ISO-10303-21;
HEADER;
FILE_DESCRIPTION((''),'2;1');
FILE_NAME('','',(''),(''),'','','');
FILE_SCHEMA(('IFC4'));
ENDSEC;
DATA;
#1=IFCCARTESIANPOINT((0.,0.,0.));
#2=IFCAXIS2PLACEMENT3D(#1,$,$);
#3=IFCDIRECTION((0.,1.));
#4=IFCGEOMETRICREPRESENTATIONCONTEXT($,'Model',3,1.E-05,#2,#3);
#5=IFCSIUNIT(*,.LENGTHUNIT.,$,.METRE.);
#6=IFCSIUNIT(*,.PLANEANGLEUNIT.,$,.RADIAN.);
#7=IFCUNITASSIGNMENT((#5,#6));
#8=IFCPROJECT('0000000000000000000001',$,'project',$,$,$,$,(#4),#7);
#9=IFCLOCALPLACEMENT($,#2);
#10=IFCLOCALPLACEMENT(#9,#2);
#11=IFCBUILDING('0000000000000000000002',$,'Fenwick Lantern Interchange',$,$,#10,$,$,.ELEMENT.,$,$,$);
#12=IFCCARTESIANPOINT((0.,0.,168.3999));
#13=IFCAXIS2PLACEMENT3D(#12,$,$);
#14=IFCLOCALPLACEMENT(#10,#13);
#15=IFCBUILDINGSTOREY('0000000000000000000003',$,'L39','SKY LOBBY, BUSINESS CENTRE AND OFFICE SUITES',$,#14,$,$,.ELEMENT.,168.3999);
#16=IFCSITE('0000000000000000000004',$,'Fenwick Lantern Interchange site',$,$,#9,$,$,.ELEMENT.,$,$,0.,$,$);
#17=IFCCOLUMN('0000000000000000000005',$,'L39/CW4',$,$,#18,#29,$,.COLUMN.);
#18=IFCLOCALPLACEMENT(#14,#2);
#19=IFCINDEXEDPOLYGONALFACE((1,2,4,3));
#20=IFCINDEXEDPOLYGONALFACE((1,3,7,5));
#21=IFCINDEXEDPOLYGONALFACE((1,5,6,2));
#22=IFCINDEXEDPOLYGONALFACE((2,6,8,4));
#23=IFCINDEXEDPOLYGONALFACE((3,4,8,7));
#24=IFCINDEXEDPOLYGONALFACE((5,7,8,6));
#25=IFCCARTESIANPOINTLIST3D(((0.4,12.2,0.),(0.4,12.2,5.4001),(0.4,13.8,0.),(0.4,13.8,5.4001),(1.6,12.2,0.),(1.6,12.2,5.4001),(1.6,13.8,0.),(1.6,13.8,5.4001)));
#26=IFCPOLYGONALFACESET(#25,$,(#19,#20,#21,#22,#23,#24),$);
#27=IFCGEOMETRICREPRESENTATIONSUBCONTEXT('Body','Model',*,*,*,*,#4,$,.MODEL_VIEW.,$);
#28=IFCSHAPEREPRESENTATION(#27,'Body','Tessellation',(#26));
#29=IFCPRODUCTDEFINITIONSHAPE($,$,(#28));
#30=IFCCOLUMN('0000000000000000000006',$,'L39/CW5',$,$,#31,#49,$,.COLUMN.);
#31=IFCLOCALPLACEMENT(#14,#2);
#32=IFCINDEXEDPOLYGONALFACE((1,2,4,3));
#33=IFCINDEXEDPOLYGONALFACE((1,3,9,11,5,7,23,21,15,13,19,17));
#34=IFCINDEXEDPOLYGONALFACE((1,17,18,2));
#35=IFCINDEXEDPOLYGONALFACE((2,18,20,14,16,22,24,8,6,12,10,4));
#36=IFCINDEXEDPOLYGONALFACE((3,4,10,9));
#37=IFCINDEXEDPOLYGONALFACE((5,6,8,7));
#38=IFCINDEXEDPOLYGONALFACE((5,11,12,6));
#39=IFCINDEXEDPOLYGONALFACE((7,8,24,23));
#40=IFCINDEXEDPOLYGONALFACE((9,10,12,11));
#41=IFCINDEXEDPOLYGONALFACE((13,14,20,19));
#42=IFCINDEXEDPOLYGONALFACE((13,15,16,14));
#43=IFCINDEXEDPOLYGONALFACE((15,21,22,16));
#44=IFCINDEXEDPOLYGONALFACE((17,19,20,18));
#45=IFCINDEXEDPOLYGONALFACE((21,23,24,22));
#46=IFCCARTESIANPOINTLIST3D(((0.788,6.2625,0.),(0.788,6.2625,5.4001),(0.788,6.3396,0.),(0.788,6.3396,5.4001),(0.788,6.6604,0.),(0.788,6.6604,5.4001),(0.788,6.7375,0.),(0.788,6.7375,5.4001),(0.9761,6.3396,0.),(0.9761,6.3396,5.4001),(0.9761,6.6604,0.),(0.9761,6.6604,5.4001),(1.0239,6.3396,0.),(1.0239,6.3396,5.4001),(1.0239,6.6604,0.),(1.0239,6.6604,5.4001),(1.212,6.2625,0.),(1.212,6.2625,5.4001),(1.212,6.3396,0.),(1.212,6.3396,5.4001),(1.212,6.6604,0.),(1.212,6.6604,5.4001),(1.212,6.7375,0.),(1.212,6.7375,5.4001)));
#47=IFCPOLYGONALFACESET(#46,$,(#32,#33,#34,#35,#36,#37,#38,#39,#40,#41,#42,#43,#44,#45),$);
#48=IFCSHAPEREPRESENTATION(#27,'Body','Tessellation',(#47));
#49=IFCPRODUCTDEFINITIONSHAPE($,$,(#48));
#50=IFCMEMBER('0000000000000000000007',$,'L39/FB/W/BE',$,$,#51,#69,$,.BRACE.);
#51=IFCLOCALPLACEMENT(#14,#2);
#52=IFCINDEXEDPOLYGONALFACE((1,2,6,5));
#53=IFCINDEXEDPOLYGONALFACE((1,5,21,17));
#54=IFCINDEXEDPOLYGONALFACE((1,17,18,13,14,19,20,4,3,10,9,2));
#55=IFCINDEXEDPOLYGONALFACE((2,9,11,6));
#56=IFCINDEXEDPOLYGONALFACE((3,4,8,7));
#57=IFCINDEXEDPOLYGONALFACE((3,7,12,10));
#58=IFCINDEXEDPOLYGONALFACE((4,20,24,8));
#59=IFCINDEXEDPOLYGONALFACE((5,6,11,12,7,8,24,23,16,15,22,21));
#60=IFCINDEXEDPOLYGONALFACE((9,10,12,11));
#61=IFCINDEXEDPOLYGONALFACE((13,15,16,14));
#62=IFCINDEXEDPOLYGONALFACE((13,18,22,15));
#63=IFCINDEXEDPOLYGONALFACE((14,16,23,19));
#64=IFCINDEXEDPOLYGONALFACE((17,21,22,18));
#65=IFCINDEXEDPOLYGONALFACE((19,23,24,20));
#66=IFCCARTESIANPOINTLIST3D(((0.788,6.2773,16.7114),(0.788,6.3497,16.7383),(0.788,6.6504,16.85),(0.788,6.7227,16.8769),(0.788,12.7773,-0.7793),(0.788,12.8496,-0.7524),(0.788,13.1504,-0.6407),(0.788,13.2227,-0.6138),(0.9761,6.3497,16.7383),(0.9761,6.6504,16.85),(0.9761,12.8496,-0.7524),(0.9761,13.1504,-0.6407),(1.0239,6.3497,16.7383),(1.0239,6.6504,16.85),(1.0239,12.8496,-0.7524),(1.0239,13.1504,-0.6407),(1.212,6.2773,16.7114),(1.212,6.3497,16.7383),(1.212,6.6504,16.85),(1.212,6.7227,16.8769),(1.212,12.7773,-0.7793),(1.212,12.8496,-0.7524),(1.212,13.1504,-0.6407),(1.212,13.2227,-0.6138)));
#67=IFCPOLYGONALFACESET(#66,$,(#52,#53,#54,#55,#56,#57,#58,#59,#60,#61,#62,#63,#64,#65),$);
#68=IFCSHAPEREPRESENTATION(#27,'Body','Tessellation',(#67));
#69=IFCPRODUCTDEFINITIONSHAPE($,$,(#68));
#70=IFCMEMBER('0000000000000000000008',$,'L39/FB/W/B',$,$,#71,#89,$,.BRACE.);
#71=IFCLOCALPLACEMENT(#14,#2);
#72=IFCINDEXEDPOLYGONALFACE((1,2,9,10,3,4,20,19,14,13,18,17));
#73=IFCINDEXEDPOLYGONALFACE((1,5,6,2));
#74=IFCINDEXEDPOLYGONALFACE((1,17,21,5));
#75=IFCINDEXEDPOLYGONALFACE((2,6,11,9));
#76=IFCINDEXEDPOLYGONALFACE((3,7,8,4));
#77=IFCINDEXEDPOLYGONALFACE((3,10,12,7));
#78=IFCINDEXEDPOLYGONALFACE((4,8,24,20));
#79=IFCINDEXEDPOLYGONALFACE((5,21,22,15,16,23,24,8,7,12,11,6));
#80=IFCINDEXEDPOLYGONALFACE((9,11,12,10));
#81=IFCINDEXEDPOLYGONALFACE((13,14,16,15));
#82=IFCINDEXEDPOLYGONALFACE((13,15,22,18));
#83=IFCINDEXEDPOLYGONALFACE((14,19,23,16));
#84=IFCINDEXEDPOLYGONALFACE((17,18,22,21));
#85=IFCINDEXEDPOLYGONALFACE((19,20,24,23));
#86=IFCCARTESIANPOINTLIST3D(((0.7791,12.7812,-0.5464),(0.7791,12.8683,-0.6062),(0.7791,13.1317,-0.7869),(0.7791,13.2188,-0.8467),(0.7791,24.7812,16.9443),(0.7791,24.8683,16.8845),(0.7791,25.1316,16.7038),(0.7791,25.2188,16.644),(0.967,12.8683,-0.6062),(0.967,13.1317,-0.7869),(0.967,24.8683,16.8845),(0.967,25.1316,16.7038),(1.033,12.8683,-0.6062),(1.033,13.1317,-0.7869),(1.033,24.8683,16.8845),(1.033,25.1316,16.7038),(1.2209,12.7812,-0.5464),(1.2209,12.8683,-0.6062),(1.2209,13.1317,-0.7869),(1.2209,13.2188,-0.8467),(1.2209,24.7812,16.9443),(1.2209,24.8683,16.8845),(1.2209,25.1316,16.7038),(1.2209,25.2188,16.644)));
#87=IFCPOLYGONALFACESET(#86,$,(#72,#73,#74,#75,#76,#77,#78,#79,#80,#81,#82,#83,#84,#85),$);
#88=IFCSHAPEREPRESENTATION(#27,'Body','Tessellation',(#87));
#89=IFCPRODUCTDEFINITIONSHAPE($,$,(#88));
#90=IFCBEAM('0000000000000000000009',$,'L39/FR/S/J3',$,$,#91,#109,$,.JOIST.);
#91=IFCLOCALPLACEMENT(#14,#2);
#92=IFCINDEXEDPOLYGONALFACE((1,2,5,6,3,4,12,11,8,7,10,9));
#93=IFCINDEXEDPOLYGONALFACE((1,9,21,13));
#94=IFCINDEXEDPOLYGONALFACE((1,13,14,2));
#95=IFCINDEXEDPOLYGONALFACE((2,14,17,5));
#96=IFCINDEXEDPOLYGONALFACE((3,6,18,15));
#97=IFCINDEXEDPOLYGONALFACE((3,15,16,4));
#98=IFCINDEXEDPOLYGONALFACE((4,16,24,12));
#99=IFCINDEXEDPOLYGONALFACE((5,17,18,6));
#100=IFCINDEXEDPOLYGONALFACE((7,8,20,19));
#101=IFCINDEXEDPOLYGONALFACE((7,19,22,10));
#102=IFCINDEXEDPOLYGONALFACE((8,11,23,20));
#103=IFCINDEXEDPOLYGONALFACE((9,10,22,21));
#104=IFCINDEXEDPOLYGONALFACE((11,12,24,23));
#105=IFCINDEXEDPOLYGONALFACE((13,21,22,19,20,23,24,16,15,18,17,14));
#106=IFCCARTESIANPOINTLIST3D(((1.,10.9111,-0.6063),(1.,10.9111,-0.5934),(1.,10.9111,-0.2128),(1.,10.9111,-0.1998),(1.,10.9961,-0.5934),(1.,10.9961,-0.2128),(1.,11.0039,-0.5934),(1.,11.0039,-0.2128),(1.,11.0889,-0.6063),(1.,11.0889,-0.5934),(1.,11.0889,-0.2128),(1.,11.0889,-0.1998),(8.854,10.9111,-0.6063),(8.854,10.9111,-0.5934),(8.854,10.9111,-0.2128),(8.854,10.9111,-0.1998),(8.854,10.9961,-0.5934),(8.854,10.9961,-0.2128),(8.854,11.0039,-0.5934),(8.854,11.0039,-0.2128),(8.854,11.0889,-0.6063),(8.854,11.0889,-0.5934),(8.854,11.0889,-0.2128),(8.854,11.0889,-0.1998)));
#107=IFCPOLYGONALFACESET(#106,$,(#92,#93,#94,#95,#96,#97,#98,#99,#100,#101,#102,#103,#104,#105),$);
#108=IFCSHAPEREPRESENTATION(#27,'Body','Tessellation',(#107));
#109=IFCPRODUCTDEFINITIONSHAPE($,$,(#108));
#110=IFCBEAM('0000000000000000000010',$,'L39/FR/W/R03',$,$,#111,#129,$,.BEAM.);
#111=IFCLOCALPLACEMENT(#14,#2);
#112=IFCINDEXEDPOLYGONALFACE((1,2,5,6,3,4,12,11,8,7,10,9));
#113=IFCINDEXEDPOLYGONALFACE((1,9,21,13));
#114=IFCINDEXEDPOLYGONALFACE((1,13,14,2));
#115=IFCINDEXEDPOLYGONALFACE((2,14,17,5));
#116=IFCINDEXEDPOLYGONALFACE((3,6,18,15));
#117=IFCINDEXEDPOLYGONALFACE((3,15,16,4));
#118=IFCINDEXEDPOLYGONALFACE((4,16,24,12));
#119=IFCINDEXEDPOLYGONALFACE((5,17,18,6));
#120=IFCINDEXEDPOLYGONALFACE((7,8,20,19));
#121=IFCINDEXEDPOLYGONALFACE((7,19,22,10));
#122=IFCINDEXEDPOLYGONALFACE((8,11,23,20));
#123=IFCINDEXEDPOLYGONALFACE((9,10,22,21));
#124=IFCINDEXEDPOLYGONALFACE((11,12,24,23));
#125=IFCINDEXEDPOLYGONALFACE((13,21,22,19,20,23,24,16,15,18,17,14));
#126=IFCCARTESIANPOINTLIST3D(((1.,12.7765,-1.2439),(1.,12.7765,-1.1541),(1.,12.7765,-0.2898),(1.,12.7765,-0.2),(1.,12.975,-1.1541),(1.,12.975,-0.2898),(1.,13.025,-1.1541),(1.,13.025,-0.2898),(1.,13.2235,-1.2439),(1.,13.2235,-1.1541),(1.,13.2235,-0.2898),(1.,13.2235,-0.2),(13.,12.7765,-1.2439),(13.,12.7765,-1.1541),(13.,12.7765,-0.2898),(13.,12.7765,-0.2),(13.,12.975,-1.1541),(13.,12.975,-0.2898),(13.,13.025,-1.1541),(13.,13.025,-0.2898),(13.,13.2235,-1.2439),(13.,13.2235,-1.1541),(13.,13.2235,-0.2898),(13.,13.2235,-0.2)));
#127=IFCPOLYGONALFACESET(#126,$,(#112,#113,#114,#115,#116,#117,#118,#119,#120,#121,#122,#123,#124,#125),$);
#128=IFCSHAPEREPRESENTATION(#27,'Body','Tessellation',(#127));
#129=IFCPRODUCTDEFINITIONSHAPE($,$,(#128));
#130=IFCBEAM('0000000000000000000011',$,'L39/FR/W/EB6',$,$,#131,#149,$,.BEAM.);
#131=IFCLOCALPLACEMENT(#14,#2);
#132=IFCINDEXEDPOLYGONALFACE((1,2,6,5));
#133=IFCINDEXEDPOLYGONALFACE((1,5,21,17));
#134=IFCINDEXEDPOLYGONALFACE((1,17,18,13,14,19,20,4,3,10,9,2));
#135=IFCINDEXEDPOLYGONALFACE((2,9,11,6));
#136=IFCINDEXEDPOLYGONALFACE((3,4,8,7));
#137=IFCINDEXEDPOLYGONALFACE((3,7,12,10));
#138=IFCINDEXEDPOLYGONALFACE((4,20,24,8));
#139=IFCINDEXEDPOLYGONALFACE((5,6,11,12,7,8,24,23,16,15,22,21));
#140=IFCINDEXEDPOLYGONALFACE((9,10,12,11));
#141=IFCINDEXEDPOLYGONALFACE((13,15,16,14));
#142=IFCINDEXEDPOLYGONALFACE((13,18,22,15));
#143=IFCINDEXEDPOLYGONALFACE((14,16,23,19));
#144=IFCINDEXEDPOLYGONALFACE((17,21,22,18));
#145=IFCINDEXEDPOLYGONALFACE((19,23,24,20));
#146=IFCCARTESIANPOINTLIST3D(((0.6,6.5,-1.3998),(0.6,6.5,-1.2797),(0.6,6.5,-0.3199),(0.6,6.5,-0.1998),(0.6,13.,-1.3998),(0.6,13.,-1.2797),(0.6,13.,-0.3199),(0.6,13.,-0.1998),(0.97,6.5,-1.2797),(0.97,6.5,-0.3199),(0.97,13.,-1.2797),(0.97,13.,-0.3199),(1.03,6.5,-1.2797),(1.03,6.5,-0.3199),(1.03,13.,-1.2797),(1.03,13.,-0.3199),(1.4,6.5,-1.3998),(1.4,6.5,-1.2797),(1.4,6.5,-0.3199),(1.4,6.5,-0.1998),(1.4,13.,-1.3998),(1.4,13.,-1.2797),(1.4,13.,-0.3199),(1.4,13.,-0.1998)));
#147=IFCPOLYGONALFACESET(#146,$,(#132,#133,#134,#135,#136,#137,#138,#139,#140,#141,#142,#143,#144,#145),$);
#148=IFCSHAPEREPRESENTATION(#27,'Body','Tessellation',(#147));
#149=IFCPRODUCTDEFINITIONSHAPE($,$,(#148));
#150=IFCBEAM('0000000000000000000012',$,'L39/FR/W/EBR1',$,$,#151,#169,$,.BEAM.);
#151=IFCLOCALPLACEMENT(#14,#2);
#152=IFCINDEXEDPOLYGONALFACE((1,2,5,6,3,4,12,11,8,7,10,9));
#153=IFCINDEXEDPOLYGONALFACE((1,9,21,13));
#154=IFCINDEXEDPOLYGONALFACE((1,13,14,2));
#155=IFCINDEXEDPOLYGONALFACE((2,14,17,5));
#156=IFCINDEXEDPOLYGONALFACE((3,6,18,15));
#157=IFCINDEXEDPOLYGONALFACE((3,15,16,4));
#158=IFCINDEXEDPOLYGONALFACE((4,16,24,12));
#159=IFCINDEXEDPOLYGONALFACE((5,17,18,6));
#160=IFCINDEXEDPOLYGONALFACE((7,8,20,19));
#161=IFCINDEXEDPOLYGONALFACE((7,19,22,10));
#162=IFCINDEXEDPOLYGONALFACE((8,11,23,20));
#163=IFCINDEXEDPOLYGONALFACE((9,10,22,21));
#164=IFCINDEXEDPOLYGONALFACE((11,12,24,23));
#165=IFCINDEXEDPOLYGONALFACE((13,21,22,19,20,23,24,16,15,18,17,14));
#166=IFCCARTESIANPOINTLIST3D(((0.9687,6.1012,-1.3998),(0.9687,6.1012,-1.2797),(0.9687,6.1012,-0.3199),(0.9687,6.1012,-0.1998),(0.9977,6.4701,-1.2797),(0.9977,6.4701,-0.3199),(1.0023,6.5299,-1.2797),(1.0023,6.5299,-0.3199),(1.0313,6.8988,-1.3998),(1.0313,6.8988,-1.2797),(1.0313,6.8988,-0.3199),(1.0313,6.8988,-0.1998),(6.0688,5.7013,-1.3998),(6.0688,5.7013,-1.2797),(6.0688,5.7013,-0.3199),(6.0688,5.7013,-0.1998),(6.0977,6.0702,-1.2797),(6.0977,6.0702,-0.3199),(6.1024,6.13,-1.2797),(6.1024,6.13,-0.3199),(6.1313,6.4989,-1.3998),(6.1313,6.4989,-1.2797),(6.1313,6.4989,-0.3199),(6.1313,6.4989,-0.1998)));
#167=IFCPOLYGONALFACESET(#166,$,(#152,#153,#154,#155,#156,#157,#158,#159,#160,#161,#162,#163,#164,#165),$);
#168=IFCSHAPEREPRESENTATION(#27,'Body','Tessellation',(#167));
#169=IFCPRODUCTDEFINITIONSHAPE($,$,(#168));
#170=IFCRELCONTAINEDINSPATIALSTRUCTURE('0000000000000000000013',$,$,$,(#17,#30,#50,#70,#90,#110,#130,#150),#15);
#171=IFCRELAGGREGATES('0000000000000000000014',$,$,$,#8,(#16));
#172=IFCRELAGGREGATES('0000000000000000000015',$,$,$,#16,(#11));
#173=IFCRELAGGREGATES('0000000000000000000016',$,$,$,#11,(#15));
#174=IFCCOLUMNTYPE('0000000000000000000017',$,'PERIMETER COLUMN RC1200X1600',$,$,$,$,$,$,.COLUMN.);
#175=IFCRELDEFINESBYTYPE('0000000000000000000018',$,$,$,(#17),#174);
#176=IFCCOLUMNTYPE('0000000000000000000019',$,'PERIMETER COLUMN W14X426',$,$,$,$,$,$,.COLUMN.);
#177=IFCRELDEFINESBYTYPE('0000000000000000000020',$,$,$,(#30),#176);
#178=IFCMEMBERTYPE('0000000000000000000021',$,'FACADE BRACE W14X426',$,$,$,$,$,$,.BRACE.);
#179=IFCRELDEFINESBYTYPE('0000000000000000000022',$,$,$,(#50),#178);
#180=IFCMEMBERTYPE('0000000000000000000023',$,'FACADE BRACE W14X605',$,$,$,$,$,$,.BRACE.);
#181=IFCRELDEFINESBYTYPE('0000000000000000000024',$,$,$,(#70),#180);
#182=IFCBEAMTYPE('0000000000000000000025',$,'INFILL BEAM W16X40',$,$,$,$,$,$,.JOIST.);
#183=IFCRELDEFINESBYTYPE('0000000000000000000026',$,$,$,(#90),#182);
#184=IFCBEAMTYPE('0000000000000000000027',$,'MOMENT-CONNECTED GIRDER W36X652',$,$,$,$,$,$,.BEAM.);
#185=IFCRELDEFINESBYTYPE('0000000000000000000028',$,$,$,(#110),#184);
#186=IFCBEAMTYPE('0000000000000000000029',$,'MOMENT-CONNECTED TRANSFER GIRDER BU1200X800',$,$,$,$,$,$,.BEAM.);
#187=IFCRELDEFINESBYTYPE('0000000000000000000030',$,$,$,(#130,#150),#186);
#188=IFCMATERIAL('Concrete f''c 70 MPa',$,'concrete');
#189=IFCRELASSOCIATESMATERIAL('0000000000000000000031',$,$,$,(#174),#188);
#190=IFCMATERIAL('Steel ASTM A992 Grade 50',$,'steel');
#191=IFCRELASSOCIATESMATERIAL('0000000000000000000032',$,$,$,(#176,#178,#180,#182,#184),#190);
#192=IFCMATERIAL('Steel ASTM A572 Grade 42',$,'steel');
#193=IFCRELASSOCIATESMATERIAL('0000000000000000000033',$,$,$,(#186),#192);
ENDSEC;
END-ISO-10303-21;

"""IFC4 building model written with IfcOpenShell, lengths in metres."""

from ifc_helpers import new_model, si_unit, direction, frame, origin, origin_2d, place, context, subcontext, project, spatial, rectangle, i_section, extrude, material, material_profile, profile_set, type_object, element, save


model = new_model("IFC4")

# Units and contexts
model_context = context("Model", 3, precision=1e-05, world=origin(), true_north=direction((0.0, 1.0)))
body_context = subcontext(model_context, "Body", "Model", "MODEL_VIEW")
ifc_project = project(units=[si_unit("LENGTHUNIT", "METRE"), si_unit("PLANEANGLEUNIT", "RADIAN")], contexts=[model_context])

# Site, building, storey
site_placement = place(None, origin())
site = spatial("IfcSite", under=ifc_project, at=site_placement, Name="Fenwick Lantern Interchange site", CompositionType="ELEMENT", RefElevation=0.0)
building_placement = place(site_placement, origin())
building = spatial("IfcBuilding", under=site, at=building_placement, Name="Fenwick Lantern Interchange", CompositionType="ELEMENT")
storey_placement = place(building_placement, frame((0.0, 0.0, 168.3999)))
storey = spatial("IfcBuildingStorey", under=building, at=storey_placement, Name="L39", Description="SKY LOBBY, BUSINESS CENTRE AND OFFICE SUITES", CompositionType="ELEMENT", Elevation=168.3999)

# Columns
ifc_material_1 = material(Name="Concrete f'c 70 MPa", Category="concrete")
ifc_material_profile_1 = material_profile(ifc_material_1, rectangle(XDim=1.2, YDim=1.6001, at=origin_2d()), Name="RC1200X1600")
ifc_profile_set_1 = profile_set([ifc_material_profile_1], Name="Concrete f'c 70 MPa")
column_type_1 = type_object("IfcColumnType", Name="PERIMETER COLUMN RC1200X1600", PredefinedType="COLUMN", material=ifc_profile_set_1)
column_1_placement = place(storey_placement, frame((1.0, 13.0, 0.0), z_axis=(0.0, 0.0, 1.0), x_axis=(1.0, 0.0, 0.0)))
element("IfcColumn", 1, at=column_1_placement, inside=storey, type_object=column_type_1, Name="L39/CW4", PredefinedType="COLUMN", context=body_context, shape_type="SweptSolid", body=[
    extrude(rectangle(XDim=1.2, YDim=1.6001, at=origin_2d()), origin(), (0.0, 0.0, 1.0), 5.4001),
])
ifc_material_2 = material(Name="Steel ASTM A992 Grade 50", Category="steel")
ifc_material_profile_2 = material_profile(ifc_material_2, i_section(OverallWidth=0.4241, OverallDepth=0.4751, WebThickness=0.0479, FlangeThickness=0.0771, at=origin_2d()), Name="W14X426")
ifc_profile_set_2 = profile_set([ifc_material_profile_2], Name="Steel ASTM A992 Grade 50")
column_type_2 = type_object("IfcColumnType", Name="PERIMETER COLUMN W14X426", PredefinedType="COLUMN", material=ifc_profile_set_2)
column_2_placement = place(storey_placement, frame((1.0, 6.5, 0.0), z_axis=(0.0, 0.0, 1.0), x_axis=(1.0, 0.0, 0.0)))
element("IfcColumn", 2, at=column_2_placement, inside=storey, type_object=column_type_2, Name="L39/CW5", PredefinedType="COLUMN", context=body_context, shape_type="SweptSolid", body=[
    extrude(i_section(OverallWidth=0.4241, OverallDepth=0.4751, WebThickness=0.0479, FlangeThickness=0.0771, at=origin_2d()), origin(), (0.0, 0.0, 1.0), 5.4001),
])

# Members
ifc_material_profile_3 = material_profile(ifc_material_2, i_section(OverallWidth=0.4241, OverallDepth=0.4751, WebThickness=0.0479, FlangeThickness=0.0771, at=origin_2d()), Name="W14X426")
ifc_profile_set_3 = profile_set([ifc_material_profile_3], Name="Steel ASTM A992 Grade 50")
member_type_1 = type_object("IfcMemberType", Name="FACADE BRACE W14X426", PredefinedType="BRACE", material=ifc_profile_set_3)
member_1_placement = place(storey_placement, frame((1.0, 13.0, -0.6965), z_axis=(0.0, -0.348349, 0.937365), x_axis=(1.0, 0.0, 0.0)))
element("IfcMember", 3, at=member_1_placement, inside=storey, type_object=member_type_1, Name="L39/FB/W/BE", PredefinedType="BRACE", context=body_context, shape_type="SweptSolid", body=[
    extrude(i_section(OverallWidth=0.4241, OverallDepth=0.4751, WebThickness=0.0479, FlangeThickness=0.0771, at=origin_2d()), origin(), (0.0, 0.0, 1.0), 18.6594),
])
ifc_material_profile_4 = material_profile(ifc_material_2, i_section(OverallWidth=0.4419, OverallDepth=0.5308, WebThickness=0.0659, FlangeThickness=0.1057, at=origin_2d()), Name="W14X605")
ifc_profile_set_4 = profile_set([ifc_material_profile_4], Name="Steel ASTM A992 Grade 50")
member_type_2 = type_object("IfcMemberType", Name="FACADE BRACE W14X605", PredefinedType="BRACE", material=ifc_profile_set_4)
member_2_placement = place(storey_placement, frame((1.0, 13.0, -0.6965), z_axis=(0.0, 0.565732, 0.824589), x_axis=(-1.0, 0.0, 0.0)))
element("IfcMember", 4, at=member_2_placement, inside=storey, type_object=member_type_2, Name="L39/FB/W/B", PredefinedType="BRACE", context=body_context, shape_type="SweptSolid", body=[
    extrude(i_section(OverallWidth=0.4419, OverallDepth=0.5308, WebThickness=0.0659, FlangeThickness=0.1057, at=origin_2d()), origin(), (0.0, 0.0, 1.0), 21.2114),
])

# Beams
ifc_material_profile_5 = material_profile(ifc_material_2, i_section(OverallWidth=0.1777, OverallDepth=0.4065, WebThickness=0.0078, FlangeThickness=0.0129, at=origin_2d()), Name="W16X40")
ifc_profile_set_5 = profile_set([ifc_material_profile_5], Name="Steel ASTM A992 Grade 50")
beam_type_1 = type_object("IfcBeamType", Name="INFILL BEAM W16X40", PredefinedType="JOIST", material=ifc_profile_set_5)
beam_1_placement = place(storey_placement, frame((1.0, 11.0, -0.4031), z_axis=(1.0, 0.0, 0.0), x_axis=(0.0, 1.0, 0.0)))
element("IfcBeam", 5, at=beam_1_placement, inside=storey, type_object=beam_type_1, Name="L39/FR/S/J3", PredefinedType="JOIST", context=body_context, shape_type="SweptSolid", body=[
    extrude(i_section(OverallWidth=0.1777, OverallDepth=0.4065, WebThickness=0.0078, FlangeThickness=0.0129, at=origin_2d()), origin(), (0.0, 0.0, 1.0), 7.854),
])
ifc_material_profile_6 = material_profile(ifc_material_2, i_section(OverallWidth=0.447, OverallDepth=1.0439, WebThickness=0.05, FlangeThickness=0.0898, at=origin_2d()), Name="W36X652")
ifc_profile_set_6 = profile_set([ifc_material_profile_6], Name="Steel ASTM A992 Grade 50")
beam_type_2 = type_object("IfcBeamType", Name="MOMENT-CONNECTED GIRDER W36X652", PredefinedType="BEAM", material=ifc_profile_set_6)
beam_2_placement = place(storey_placement, frame((1.0, 13.0, -0.7219), z_axis=(1.0, 0.0, 0.0), x_axis=(0.0, 1.0, 0.0)))
element("IfcBeam", 6, at=beam_2_placement, inside=storey, type_object=beam_type_2, Name="L39/FR/W/R03", PredefinedType="BEAM", context=body_context, shape_type="SweptSolid", body=[
    extrude(i_section(OverallWidth=0.447, OverallDepth=1.0439, WebThickness=0.05, FlangeThickness=0.0898, at=origin_2d()), origin(), (0.0, 0.0, 1.0), 12.0),
])
ifc_material_3 = material(Name="Steel ASTM A572 Grade 42", Category="steel")
ifc_material_profile_7 = material_profile(ifc_material_3, i_section(OverallWidth=0.8, OverallDepth=1.2, WebThickness=0.0601, FlangeThickness=0.1201, at=origin_2d()), Name="BU1200X800")
ifc_profile_set_7 = profile_set([ifc_material_profile_7], Name="Steel ASTM A572 Grade 42")
beam_type_3 = type_object("IfcBeamType", Name="MOMENT-CONNECTED TRANSFER GIRDER BU1200X800", PredefinedType="BEAM", material=ifc_profile_set_7)
beam_3_placement = place(storey_placement, frame((1.0, 13.0, -0.7998), z_axis=(0.0, -1.0, 0.0), x_axis=(1.0, 0.0, 0.0)))
element("IfcBeam", 7, at=beam_3_placement, inside=storey, type_object=beam_type_3, Name="L39/FR/W/EB6", PredefinedType="BEAM", context=body_context, shape_type="SweptSolid", body=[
    extrude(i_section(OverallWidth=0.8, OverallDepth=1.2, WebThickness=0.0601, FlangeThickness=0.1201, at=origin_2d()), origin(), (0.0, 0.0, 1.0), 6.5),
])
beam_4_placement = place(storey_placement, frame((1.0, 6.5, -0.7998), z_axis=(0.99694, -0.078171, 0.0), x_axis=(0.078171, 0.99694, 0.0)))
element("IfcBeam", 8, at=beam_4_placement, inside=storey, type_object=beam_type_3, Name="L39/FR/W/EBR1", PredefinedType="BEAM", context=body_context, shape_type="SweptSolid", body=[
    extrude(i_section(OverallWidth=0.8, OverallDepth=1.2, WebThickness=0.0601, FlangeThickness=0.1201, at=origin_2d()), origin(), (0.0, 0.0, 1.0), 5.1157),
])

save(model, "model.ifc")
